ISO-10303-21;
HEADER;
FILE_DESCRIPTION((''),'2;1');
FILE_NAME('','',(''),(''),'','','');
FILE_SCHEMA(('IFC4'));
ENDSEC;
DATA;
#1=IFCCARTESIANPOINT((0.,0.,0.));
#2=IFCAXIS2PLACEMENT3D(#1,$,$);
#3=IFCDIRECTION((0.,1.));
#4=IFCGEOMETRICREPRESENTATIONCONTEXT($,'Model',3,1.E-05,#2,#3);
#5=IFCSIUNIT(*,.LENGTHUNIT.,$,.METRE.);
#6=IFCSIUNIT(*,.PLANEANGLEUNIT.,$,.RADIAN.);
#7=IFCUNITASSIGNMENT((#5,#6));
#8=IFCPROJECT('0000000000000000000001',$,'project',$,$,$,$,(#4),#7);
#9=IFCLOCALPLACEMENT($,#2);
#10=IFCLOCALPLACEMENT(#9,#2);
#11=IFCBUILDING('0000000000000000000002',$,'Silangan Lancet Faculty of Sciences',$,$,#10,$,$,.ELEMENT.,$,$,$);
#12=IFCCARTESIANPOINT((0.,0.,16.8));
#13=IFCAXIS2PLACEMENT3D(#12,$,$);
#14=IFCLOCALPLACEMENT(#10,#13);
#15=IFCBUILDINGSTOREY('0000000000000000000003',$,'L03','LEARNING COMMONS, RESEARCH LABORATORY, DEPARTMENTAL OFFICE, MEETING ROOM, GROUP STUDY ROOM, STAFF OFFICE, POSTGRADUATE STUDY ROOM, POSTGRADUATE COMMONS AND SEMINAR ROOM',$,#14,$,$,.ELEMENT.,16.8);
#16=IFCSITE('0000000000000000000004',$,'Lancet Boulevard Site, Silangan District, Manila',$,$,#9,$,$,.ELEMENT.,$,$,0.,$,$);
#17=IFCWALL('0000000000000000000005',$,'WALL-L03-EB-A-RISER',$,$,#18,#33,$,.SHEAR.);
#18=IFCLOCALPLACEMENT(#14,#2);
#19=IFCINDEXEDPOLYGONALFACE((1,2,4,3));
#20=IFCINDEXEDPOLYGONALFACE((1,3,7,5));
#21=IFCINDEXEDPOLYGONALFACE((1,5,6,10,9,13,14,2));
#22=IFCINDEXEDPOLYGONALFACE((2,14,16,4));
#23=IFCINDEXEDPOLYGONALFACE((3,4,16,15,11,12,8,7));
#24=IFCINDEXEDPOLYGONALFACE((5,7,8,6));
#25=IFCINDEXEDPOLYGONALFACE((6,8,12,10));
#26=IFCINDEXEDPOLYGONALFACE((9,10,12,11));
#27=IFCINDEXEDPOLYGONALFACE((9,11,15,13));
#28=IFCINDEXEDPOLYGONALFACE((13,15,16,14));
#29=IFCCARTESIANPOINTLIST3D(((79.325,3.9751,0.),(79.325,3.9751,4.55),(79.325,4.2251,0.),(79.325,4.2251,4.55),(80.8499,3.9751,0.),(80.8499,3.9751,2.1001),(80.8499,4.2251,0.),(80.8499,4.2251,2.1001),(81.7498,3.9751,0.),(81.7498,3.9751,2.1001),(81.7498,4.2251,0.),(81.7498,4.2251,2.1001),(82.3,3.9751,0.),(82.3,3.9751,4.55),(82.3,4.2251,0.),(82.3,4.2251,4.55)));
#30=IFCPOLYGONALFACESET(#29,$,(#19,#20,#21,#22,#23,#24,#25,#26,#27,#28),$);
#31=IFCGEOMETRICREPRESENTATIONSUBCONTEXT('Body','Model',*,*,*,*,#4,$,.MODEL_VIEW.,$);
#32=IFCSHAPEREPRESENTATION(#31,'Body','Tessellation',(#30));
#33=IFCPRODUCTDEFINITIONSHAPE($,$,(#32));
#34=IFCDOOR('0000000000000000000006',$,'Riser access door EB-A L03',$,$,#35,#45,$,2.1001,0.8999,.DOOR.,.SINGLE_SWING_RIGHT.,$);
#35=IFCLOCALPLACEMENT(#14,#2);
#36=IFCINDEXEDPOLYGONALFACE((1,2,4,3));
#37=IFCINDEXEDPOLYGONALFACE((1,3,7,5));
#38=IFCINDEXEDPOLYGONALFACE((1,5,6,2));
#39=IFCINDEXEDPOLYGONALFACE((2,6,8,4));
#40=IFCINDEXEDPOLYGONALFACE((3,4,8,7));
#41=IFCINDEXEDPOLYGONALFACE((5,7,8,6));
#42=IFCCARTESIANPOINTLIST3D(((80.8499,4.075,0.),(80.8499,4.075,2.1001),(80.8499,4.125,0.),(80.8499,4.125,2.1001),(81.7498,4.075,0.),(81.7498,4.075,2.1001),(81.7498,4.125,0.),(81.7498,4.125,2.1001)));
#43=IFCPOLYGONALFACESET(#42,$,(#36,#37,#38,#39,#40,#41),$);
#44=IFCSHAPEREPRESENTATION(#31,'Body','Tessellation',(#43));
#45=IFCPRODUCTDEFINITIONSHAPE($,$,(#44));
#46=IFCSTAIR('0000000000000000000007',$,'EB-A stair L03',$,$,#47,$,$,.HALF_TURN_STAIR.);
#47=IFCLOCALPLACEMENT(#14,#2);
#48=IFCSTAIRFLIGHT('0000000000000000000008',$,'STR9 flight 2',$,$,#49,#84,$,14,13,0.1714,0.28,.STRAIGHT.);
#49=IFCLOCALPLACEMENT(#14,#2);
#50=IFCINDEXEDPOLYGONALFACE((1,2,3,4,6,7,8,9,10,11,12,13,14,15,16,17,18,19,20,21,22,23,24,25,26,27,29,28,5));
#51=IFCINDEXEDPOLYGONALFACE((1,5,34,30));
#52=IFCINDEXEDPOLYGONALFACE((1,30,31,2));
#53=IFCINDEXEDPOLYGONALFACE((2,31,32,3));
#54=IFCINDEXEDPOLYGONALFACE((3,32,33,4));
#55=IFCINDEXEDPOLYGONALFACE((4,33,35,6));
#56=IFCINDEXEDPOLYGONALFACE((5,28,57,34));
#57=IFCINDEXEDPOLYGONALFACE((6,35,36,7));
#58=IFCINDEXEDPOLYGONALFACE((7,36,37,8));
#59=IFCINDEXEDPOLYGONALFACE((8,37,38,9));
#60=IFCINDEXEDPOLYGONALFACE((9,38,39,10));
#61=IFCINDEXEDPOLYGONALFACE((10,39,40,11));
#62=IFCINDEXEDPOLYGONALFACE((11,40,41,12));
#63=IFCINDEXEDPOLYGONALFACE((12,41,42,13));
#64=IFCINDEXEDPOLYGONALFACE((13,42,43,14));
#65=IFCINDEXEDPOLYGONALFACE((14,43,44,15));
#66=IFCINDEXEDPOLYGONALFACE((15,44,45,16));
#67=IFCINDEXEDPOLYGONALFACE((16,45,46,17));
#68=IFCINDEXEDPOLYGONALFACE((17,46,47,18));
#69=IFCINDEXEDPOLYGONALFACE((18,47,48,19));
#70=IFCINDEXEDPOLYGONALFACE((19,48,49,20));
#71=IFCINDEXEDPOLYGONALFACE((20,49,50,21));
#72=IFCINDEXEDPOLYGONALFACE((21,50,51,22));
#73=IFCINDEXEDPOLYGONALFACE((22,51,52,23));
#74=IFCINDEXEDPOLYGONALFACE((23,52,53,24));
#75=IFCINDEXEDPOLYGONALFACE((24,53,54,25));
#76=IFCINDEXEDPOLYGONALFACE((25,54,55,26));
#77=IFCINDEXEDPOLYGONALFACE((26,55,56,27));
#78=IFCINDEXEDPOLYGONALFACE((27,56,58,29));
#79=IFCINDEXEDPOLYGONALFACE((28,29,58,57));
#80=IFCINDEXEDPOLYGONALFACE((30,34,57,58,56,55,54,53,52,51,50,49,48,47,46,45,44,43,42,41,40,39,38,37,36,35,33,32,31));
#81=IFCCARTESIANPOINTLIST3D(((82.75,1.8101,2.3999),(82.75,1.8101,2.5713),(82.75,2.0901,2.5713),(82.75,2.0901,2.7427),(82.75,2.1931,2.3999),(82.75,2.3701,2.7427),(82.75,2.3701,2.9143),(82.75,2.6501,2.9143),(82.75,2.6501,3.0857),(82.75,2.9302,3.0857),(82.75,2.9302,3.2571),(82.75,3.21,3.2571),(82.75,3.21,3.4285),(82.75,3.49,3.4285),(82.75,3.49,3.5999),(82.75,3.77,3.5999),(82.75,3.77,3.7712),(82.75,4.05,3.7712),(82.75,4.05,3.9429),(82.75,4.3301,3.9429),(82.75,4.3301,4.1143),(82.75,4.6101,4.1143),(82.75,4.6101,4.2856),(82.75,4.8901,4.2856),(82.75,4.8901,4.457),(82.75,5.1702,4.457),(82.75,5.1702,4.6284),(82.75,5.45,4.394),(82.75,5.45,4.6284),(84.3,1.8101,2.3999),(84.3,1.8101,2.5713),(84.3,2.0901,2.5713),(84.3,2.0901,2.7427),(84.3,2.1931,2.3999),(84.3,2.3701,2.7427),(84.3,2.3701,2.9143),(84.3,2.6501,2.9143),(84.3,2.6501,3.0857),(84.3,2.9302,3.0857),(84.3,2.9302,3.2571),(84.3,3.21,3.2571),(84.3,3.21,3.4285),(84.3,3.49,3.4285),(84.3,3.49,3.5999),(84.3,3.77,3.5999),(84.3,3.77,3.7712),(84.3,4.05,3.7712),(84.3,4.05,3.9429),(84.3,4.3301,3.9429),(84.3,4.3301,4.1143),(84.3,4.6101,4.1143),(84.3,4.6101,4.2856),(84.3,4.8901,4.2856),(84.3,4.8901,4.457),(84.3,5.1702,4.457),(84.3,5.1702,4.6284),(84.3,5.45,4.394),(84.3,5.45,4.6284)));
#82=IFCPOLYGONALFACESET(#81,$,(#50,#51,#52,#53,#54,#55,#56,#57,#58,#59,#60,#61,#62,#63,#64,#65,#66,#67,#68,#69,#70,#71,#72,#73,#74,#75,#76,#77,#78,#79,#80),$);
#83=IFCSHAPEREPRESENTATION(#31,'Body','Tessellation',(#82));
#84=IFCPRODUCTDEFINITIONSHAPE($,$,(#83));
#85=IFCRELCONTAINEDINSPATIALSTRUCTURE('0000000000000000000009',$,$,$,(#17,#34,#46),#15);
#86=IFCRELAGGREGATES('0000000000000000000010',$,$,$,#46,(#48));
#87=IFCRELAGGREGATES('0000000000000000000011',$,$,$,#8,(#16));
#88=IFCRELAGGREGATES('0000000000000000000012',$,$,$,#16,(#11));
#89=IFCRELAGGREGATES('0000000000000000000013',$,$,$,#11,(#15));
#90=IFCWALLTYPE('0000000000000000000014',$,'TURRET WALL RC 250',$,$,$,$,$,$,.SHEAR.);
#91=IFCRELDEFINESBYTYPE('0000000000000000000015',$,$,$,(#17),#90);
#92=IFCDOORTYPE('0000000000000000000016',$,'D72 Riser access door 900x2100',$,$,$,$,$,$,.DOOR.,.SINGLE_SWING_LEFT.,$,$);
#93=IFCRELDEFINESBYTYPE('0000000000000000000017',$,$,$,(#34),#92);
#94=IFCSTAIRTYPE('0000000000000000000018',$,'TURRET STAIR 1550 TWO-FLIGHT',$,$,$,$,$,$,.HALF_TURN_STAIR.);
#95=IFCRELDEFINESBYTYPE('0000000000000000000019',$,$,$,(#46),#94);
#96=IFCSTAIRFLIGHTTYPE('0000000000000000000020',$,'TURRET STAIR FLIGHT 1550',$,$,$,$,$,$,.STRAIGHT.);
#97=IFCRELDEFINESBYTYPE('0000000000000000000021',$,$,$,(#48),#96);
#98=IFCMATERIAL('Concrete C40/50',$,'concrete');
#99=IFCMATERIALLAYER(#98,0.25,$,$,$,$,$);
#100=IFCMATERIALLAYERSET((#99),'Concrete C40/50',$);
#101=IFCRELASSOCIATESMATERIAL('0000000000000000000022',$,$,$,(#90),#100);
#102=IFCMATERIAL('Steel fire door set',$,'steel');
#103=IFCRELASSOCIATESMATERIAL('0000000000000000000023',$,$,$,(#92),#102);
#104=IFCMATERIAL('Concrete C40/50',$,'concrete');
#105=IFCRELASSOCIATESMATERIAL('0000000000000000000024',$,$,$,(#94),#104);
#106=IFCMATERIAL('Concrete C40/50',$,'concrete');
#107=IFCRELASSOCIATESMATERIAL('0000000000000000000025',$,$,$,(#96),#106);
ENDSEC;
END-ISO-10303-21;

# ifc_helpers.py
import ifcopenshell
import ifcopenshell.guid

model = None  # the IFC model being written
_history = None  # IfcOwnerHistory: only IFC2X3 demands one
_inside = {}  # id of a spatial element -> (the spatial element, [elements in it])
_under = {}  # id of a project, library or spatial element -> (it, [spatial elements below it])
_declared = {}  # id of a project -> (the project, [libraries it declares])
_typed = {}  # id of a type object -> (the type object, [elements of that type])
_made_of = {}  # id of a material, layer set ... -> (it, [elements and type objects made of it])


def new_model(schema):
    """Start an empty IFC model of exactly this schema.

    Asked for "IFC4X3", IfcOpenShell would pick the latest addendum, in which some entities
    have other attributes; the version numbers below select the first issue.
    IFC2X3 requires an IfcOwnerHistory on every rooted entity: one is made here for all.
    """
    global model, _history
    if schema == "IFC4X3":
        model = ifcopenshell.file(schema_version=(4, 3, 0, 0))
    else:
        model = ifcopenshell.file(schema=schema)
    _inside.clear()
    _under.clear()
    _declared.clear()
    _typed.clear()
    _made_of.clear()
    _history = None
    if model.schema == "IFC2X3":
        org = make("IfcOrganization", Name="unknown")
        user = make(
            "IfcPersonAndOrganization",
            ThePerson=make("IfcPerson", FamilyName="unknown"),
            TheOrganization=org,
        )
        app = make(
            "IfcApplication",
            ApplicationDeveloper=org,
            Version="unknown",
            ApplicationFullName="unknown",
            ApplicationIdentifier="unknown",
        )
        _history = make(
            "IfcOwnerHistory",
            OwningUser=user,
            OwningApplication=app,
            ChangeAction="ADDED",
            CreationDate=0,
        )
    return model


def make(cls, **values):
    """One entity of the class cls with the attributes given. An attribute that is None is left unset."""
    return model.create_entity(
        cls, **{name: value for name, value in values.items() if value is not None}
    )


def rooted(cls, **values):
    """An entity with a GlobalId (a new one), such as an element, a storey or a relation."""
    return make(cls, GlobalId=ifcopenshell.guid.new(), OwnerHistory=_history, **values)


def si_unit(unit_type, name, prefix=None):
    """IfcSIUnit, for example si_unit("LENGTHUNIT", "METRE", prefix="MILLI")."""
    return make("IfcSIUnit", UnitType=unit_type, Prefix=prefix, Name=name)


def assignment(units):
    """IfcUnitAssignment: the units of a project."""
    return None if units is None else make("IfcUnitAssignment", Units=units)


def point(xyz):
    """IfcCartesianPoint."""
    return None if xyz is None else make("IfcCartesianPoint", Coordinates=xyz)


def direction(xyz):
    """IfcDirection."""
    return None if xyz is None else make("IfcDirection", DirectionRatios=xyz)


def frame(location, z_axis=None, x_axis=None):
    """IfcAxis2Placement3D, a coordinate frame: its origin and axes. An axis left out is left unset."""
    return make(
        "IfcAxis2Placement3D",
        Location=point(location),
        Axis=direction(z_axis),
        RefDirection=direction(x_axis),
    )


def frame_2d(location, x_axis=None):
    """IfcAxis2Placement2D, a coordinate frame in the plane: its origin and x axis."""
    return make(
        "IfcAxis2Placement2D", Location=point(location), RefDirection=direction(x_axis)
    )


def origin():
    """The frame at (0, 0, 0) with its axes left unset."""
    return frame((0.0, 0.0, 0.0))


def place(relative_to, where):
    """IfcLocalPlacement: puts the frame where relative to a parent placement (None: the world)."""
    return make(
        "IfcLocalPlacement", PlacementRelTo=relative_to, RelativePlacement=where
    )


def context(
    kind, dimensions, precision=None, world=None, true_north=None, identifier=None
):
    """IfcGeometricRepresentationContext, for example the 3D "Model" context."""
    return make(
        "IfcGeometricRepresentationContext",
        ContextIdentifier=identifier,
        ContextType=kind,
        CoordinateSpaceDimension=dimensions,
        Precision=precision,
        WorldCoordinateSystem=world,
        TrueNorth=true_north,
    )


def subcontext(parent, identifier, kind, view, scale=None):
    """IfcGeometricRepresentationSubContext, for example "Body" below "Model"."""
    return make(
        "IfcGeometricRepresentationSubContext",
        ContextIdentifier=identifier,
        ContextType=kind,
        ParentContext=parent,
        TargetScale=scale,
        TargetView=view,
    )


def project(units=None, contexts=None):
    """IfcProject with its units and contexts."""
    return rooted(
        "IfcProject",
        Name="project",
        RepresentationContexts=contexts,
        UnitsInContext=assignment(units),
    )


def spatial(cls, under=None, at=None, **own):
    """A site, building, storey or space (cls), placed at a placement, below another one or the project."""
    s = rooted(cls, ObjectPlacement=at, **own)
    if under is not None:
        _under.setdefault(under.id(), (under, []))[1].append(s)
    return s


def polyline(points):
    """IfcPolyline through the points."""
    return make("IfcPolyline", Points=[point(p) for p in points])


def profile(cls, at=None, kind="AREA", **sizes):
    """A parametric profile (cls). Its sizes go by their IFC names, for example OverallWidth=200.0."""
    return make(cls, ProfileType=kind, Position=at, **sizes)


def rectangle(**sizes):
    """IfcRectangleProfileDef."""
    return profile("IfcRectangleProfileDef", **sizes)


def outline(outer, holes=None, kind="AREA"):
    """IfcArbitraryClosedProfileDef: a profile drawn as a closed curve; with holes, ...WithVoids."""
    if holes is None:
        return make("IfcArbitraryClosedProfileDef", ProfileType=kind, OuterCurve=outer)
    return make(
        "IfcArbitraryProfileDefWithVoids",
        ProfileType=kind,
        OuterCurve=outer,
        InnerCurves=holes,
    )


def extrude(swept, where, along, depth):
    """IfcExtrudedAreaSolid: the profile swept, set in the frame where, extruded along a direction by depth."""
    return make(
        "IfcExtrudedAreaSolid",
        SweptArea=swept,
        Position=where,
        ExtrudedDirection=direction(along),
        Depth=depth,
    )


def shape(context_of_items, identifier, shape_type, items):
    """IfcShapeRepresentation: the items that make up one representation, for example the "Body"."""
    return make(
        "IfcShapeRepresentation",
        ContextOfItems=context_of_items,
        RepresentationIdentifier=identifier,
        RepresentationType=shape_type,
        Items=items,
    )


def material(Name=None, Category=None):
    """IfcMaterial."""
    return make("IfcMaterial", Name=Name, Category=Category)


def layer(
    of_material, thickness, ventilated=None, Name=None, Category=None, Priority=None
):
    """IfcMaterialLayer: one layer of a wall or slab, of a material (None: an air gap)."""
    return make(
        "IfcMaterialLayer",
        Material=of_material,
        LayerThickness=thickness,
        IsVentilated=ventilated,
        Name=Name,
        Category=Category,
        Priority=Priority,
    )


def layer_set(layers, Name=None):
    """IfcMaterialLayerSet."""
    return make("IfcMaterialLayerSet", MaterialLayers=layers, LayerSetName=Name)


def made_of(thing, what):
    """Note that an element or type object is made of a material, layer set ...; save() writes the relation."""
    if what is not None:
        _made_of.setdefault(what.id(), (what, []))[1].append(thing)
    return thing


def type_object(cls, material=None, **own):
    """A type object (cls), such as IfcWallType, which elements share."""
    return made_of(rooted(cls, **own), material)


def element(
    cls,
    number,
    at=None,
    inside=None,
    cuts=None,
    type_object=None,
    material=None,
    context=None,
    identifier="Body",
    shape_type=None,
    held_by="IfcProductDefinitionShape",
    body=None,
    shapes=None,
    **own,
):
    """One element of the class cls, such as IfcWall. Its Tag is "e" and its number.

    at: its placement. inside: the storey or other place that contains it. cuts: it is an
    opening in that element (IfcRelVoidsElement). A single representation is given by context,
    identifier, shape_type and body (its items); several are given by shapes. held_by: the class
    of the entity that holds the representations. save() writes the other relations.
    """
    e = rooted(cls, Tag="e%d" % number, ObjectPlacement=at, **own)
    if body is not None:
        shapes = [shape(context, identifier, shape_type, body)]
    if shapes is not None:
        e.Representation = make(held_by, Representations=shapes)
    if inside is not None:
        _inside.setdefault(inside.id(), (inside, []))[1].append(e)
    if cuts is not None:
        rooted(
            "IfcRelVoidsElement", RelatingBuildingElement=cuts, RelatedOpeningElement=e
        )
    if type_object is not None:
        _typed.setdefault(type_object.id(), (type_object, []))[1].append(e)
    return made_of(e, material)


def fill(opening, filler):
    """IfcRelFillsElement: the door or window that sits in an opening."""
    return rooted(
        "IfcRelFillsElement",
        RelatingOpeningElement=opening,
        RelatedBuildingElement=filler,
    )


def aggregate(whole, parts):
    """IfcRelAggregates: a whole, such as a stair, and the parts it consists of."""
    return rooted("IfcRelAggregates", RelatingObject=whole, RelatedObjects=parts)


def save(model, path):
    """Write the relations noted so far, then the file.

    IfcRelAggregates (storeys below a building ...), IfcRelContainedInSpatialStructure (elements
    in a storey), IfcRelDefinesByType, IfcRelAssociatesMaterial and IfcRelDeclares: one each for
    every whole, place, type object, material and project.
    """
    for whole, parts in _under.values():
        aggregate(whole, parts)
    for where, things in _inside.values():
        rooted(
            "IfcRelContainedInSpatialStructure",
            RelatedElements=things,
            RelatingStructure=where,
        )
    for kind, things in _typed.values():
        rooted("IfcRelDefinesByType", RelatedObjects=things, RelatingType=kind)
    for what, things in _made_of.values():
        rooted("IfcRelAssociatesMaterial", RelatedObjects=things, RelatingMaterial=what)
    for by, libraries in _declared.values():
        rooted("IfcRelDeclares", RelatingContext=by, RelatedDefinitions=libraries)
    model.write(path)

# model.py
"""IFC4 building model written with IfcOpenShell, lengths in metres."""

from ifc_helpers import new_model, si_unit, direction, frame, frame_2d, origin, place, context, subcontext, project, spatial, polyline, rectangle, outline, extrude, material, layer, layer_set, type_object, element, fill, aggregate, save


model = new_model("IFC4")

# Units and contexts
model_context = context("Model", 3, precision=1e-05, world=origin(), true_north=direction((0.0, 1.0)))
body_context = subcontext(model_context, "Body", "Model", "MODEL_VIEW")
ifc_project = project(units=[si_unit("LENGTHUNIT", "METRE"), si_unit("PLANEANGLEUNIT", "RADIAN")], contexts=[model_context])

# Site, building, storey
site_placement = place(None, origin())
site = spatial("IfcSite", under=ifc_project, at=site_placement, Name="Lancet Boulevard Site, Silangan District, Manila", CompositionType="ELEMENT", RefElevation=0.0)
building_placement = place(site_placement, origin())
building = spatial("IfcBuilding", under=site, at=building_placement, Name="Silangan Lancet Faculty of Sciences", CompositionType="ELEMENT")
storey_placement = place(building_placement, frame((0.0, 0.0, 16.8)))
storey = spatial("IfcBuildingStorey", under=building, at=storey_placement, Name="L03", Description="LEARNING COMMONS, RESEARCH LABORATORY, DEPARTMENTAL OFFICE, MEETING ROOM, GROUP STUDY ROOM, STAFF OFFICE, POSTGRADUATE STUDY ROOM, POSTGRADUATE COMMONS AND SEMINAR ROOM", CompositionType="ELEMENT", Elevation=16.8)

# Shared definitions
ifc_material_1 = material(Name="Concrete C40/50", Category="concrete")
ifc_layer_1 = layer(ifc_material_1, 0.25)
ifc_layer_set_1 = layer_set([ifc_layer_1], Name="Concrete C40/50")
wall_type_1 = type_object("IfcWallType", Name="TURRET WALL RC 250", PredefinedType="SHEAR", material=ifc_layer_set_1)

# Wall, opening, door
wall_1_placement = place(storey_placement, frame((79.325, 4.1001, 0.0), z_axis=(0.0, 0.0, 1.0), x_axis=(1.0, 0.0, 0.0)))
wall_1 = element("IfcWall", 1, at=wall_1_placement, inside=storey, type_object=wall_type_1, Name="WALL-L03-EB-A-RISER", PredefinedType="SHEAR", context=body_context, shape_type="SweptSolid", body=[
    extrude(rectangle(XDim=2.9751, YDim=0.25, at=frame_2d((1.4875, 0.0))), origin(), (0.0, 0.0, 1.0), 4.55),
])
opening_1_placement = place(wall_1_placement, frame((1.5249, 0.0, 0.0)))
opening_1 = element("IfcOpeningElement", 2, at=opening_1_placement, cuts=wall_1, PredefinedType="OPENING", context=body_context, shape_type="SweptSolid", body=[
    extrude(rectangle(XDim=0.8999, YDim=2.1001, at=frame_2d((0.45, 1.05))), frame((0.0, 0.135, 0.0), z_axis=(0.0, -1.0, 0.0), x_axis=(1.0, 0.0, 0.0)), (0.0, 0.0, 1.0), 0.27),
])
ifc_material_2 = material(Name="Steel fire door set", Category="steel")
door_type_1 = type_object("IfcDoorType", Name="D72 Riser access door 900x2100", OperationType="SINGLE_SWING_LEFT", PredefinedType="DOOR", material=ifc_material_2)
door_1_placement = place(opening_1_placement, frame((0.8999, 0.0, 0.0), z_axis=(0.0, 0.0, 1.0), x_axis=(-1.0, 0.0, 0.0)))
door_1 = element("IfcDoor", 3, at=door_1_placement, inside=storey, type_object=door_type_1, Name="Riser access door EB-A L03", OperationType="SINGLE_SWING_RIGHT", OverallHeight=2.1001, OverallWidth=0.8999, PredefinedType="DOOR", context=body_context, shape_type="SweptSolid", body=[
    extrude(rectangle(XDim=0.8999, YDim=2.1001, at=frame_2d((0.45, 1.05))), frame((0.0, 0.0251, 0.0), z_axis=(0.0, -1.0, 0.0), x_axis=(1.0, 0.0, 0.0)), (0.0, 0.0, 1.0), 0.05),
])
fill(opening_1, door_1)

# Stair, stair flight
ifc_material_3 = material(Name="Concrete C40/50", Category="concrete")
stair_type = type_object("IfcStairType", Name="TURRET STAIR 1550 TWO-FLIGHT", PredefinedType="HALF_TURN_STAIR", material=ifc_material_3)
stair_placement = place(storey_placement, origin())
stair = element("IfcStair", 4, at=stair_placement, inside=storey, type_object=stair_type, Name="EB-A stair L03", PredefinedType="HALF_TURN_STAIR")
ifc_material_4 = material(Name="Concrete C40/50", Category="concrete")
stair_flight_type = type_object("IfcStairFlightType", Name="TURRET STAIR FLIGHT 1550", PredefinedType="STRAIGHT", material=ifc_material_4)
stair_flight_placement = place(storey_placement, frame((83.5249, 1.8101, 2.3999), z_axis=(0.0, 0.0, 1.0), x_axis=(0.0, 1.0, 0.0)))
stair_flight = element("IfcStairFlight", 5, at=stair_flight_placement, type_object=stair_flight_type, Name="STR9 flight 2", NumberOfRisers=14, NumberOfTreads=13, PredefinedType="STRAIGHT", RiserHeight=0.1714, TreadLength=0.28, context=body_context, shape_type="SweptSolid", body=[
    extrude(outline(polyline([(0.0, 0.0), (0.0, 0.1714), (0.28, 0.1714), (0.28, 0.3428), (0.5601, 0.3428), (0.5601, 0.5144), (0.8401, 0.5144), (0.8401, 0.6858), (1.1201, 0.6858), (1.1201, 0.8572), (1.3999, 0.8572), (1.3999, 1.0286), (1.6799, 1.0286), (1.6799, 1.2), (1.96, 1.2), (1.96, 1.3713), (2.24, 1.3713), (2.24, 1.543), (2.52, 1.543), (2.52, 1.7144), (2.8, 1.7144), (2.8, 1.8857), (3.0801, 1.8857), (3.0801, 2.0571), (3.3601, 2.0571), (3.3601, 2.2285), (3.6399, 2.2285), (3.6399, 2.3999), (3.6399, 1.9941), (0.3831, 0.0), (0.0, 0.0)])), frame((0.0, 0.7749, 0.0), z_axis=(0.0, -1.0, 0.0), x_axis=(1.0, 0.0, 0.0)), (0.0, 0.0, 1.0), 1.55),
])
aggregate(stair, [stair_flight])

save(model, "model.ifc")
